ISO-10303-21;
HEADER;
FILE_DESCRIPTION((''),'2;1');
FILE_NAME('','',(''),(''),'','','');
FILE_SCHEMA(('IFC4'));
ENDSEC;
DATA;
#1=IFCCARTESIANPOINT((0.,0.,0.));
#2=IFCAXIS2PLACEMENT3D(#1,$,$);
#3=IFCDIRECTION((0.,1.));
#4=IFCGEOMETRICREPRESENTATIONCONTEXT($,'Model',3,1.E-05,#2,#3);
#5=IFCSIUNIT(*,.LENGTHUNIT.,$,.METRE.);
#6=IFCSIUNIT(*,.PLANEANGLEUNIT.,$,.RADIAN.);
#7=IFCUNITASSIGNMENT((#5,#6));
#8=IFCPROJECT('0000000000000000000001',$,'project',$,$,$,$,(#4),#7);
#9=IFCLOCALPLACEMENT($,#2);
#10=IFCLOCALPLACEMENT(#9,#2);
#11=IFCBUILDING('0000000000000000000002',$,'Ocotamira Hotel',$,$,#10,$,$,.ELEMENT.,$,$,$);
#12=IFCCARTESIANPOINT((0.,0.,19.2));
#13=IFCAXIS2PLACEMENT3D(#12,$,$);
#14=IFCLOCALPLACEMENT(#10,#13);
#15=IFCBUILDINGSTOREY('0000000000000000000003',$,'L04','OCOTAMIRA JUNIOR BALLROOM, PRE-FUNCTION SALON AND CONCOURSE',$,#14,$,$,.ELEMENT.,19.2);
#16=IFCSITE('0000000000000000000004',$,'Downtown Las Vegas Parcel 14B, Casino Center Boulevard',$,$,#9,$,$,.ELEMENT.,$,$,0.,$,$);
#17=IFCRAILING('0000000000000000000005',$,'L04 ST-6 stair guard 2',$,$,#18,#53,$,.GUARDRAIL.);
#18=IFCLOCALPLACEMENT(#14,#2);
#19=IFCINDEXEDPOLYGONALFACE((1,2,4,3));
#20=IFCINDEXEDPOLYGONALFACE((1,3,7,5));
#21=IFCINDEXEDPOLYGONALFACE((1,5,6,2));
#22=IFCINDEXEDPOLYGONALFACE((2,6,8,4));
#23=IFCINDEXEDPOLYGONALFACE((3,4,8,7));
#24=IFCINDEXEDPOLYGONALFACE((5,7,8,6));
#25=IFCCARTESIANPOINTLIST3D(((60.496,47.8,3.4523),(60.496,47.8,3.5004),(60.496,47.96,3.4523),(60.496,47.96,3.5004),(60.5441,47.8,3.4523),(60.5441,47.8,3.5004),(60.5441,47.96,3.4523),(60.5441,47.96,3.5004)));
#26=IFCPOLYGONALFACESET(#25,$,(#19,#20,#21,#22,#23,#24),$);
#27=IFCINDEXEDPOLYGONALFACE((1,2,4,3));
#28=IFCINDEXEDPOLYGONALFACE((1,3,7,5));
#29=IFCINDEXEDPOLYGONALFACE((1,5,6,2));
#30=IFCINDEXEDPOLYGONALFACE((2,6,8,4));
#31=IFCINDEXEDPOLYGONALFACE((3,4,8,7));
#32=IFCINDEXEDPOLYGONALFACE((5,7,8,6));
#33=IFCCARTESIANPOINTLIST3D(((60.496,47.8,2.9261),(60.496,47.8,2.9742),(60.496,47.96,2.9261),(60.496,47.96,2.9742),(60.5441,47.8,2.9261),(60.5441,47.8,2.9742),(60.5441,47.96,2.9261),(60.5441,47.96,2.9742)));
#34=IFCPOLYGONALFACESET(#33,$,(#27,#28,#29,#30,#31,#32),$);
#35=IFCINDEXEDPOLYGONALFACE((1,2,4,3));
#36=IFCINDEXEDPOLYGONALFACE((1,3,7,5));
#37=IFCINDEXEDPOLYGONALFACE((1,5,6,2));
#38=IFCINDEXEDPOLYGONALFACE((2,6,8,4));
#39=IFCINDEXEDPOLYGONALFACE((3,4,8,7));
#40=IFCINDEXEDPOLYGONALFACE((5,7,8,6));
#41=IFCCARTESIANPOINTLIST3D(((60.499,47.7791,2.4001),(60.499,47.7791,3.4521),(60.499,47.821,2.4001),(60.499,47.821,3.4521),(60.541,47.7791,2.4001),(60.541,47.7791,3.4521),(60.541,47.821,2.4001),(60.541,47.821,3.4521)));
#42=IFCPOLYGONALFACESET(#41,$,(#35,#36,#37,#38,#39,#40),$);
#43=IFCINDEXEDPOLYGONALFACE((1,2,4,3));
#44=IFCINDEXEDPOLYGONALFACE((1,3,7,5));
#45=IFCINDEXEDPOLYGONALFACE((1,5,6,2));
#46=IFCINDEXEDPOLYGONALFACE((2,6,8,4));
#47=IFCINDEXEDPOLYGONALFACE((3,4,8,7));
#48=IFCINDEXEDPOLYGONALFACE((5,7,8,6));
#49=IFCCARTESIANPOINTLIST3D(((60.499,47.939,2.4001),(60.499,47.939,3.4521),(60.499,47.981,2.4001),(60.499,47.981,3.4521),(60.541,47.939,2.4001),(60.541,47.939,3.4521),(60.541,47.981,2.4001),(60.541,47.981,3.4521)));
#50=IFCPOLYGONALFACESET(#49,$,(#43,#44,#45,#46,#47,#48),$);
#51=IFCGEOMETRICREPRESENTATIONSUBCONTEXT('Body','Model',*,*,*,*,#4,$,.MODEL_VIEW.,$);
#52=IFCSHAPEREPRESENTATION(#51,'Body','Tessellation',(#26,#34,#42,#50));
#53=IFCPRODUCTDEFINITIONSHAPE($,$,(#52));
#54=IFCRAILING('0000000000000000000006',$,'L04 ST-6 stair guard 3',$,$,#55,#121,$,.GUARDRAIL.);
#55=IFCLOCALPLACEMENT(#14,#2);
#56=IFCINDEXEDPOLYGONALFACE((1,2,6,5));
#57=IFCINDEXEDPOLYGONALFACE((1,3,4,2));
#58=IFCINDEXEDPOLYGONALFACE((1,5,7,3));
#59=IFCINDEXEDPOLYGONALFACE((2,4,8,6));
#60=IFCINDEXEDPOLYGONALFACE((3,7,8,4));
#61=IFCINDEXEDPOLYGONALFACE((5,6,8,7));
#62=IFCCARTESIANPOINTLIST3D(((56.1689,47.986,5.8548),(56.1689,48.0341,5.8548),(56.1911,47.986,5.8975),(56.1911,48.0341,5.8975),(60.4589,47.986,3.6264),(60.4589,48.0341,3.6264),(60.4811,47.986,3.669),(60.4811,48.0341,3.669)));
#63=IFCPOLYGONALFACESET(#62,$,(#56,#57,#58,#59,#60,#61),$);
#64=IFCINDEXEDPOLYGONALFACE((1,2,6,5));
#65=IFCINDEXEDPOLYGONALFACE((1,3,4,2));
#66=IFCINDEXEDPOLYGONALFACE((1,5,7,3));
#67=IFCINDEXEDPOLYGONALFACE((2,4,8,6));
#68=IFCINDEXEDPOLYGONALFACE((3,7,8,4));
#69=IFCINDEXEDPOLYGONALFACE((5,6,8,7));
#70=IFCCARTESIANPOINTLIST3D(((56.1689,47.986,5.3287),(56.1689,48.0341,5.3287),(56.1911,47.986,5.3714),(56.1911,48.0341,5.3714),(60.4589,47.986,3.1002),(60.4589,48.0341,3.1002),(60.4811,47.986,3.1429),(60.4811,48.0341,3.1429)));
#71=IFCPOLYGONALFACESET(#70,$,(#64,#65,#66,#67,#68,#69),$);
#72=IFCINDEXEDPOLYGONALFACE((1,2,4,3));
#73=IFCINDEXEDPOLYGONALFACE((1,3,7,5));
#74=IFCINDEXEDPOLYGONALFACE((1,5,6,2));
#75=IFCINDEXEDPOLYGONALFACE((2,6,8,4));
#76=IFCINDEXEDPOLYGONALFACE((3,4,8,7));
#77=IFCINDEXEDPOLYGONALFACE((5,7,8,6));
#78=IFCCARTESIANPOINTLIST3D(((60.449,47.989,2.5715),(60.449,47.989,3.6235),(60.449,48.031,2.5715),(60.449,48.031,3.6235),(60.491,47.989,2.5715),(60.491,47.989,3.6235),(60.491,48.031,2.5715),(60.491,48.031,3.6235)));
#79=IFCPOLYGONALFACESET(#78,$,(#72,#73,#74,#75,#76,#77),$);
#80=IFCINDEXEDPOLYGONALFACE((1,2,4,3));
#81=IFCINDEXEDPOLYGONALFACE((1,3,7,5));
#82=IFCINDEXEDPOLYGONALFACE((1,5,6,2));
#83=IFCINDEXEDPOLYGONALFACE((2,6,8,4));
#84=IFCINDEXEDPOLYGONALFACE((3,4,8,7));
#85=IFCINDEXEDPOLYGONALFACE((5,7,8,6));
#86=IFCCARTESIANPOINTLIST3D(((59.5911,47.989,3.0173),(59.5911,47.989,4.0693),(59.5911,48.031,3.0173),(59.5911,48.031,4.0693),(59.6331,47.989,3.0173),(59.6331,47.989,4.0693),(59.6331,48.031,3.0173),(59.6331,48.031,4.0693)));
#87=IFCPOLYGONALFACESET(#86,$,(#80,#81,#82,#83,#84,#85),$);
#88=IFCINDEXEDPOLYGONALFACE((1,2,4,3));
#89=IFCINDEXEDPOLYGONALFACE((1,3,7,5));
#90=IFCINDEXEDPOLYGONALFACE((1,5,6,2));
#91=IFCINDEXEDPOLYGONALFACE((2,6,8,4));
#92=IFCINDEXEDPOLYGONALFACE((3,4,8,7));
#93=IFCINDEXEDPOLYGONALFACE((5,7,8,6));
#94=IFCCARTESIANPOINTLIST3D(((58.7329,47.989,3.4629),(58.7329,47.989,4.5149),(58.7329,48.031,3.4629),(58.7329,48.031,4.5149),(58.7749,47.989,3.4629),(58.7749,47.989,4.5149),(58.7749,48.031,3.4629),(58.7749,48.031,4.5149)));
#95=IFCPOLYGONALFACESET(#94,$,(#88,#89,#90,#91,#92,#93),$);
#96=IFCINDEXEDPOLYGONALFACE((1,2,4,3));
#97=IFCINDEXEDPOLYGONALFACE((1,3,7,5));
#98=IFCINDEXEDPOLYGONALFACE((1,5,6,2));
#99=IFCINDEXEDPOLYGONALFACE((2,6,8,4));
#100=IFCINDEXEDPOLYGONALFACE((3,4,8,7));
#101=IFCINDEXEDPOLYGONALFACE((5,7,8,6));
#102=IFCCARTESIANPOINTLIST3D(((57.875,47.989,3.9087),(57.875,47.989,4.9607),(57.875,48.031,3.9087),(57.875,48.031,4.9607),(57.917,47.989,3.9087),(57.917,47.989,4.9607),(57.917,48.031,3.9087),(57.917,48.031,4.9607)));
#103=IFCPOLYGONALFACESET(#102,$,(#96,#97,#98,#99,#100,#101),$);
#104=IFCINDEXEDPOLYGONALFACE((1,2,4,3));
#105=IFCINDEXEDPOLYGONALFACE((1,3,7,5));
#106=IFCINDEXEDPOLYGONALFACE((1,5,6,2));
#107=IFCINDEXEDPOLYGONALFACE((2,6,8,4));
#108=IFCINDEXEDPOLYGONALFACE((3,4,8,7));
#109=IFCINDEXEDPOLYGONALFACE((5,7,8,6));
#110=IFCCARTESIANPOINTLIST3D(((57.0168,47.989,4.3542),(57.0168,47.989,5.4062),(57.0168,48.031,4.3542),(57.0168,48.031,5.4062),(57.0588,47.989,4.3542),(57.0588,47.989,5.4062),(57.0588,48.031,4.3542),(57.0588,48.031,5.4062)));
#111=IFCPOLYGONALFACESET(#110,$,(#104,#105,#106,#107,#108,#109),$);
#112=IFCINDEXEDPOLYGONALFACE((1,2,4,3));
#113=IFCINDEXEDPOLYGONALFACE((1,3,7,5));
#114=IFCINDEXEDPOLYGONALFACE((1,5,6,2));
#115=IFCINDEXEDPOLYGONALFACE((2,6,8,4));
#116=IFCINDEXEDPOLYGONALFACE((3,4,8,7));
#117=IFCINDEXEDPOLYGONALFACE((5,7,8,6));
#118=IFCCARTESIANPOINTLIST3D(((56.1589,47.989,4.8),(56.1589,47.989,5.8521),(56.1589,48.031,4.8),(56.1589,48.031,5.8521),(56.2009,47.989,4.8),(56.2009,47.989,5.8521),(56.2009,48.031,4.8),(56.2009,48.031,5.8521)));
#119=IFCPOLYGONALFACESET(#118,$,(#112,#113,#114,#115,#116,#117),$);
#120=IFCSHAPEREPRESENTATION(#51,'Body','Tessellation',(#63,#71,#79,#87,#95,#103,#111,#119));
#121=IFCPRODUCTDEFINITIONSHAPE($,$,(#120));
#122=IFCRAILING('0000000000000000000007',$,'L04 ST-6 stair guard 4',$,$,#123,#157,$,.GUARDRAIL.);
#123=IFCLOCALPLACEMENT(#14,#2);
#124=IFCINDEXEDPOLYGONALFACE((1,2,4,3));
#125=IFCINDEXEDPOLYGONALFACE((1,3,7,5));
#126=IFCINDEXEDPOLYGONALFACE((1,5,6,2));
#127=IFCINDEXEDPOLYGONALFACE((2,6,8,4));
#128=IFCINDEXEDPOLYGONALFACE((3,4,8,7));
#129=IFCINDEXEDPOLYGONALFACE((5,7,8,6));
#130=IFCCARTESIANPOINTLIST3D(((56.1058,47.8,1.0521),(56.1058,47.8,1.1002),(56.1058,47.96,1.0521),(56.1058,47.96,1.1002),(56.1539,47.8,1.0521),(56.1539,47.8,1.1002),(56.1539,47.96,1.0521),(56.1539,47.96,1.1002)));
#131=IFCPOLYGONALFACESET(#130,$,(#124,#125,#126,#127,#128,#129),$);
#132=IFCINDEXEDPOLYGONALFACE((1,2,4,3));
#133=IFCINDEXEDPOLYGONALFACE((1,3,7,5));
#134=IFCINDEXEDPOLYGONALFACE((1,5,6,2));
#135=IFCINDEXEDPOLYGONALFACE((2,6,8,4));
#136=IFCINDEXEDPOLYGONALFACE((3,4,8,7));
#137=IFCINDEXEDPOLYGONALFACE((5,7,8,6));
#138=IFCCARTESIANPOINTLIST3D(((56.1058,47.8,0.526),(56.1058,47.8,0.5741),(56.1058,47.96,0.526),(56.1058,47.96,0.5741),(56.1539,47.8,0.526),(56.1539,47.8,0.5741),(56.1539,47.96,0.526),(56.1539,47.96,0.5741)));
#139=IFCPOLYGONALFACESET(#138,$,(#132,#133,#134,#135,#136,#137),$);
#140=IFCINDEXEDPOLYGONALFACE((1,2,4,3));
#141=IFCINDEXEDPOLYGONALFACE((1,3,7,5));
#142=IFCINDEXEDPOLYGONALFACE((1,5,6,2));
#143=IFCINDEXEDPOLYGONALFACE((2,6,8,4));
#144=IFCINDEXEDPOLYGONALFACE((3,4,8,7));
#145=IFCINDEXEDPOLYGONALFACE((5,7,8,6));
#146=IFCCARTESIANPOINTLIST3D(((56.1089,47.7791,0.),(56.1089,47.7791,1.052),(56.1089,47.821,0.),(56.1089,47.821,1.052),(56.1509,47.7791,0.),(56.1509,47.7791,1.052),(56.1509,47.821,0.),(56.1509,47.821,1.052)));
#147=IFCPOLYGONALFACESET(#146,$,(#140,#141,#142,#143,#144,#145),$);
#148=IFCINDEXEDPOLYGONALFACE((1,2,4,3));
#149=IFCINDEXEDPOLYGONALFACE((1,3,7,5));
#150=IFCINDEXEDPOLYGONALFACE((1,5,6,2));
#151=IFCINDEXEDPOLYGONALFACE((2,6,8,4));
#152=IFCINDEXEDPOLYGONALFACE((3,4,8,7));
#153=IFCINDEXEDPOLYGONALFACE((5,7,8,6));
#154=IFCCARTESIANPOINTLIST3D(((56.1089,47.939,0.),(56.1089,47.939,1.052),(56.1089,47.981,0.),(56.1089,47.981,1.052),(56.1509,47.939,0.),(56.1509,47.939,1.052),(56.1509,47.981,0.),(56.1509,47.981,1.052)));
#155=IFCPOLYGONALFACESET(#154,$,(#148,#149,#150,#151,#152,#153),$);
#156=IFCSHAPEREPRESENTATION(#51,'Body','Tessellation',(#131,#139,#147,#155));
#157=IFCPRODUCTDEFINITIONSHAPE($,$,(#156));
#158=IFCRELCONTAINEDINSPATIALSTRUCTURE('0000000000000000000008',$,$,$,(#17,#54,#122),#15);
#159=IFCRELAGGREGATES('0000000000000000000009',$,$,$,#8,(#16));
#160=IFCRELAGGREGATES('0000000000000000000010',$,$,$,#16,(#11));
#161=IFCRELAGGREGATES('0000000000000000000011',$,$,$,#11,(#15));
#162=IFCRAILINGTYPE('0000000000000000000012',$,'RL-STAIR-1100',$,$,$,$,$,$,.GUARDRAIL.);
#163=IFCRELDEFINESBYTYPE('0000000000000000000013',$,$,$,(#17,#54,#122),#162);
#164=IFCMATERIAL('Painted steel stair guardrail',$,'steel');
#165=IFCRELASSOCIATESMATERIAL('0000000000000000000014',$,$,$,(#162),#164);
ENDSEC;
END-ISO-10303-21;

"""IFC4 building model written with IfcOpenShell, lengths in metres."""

from ifc_helpers import new_model, si_unit, direction, frame, origin, origin_2d, place, context, subcontext, project, spatial, rectangle, extrude, material, type_object, element, save


model = new_model("IFC4")

# Units and contexts
model_context = context("Model", 3, precision=1e-05, world=origin(), true_north=direction((0.0, 1.0)))
body_context = subcontext(model_context, "Body", "Model", "MODEL_VIEW")
ifc_project = project(units=[si_unit("LENGTHUNIT", "METRE"), si_unit("PLANEANGLEUNIT", "RADIAN")], contexts=[model_context])

# Site, building, storey
site_placement = place(None, origin())
site = spatial("IfcSite", under=ifc_project, at=site_placement, Name="Downtown Las Vegas Parcel 14B, Casino Center Boulevard", CompositionType="ELEMENT", RefElevation=0.0)
building_placement = place(site_placement, origin())
building = spatial("IfcBuilding", under=site, at=building_placement, Name="Ocotamira Hotel", CompositionType="ELEMENT")
storey_placement = place(building_placement, frame((0.0, 0.0, 19.2)))
storey = spatial("IfcBuildingStorey", under=building, at=storey_placement, Name="L04", Description="OCOTAMIRA JUNIOR BALLROOM, PRE-FUNCTION SALON AND CONCOURSE", CompositionType="ELEMENT", Elevation=19.2)

# Railings
ifc_material_1 = material(Name="Painted steel stair guardrail", Category="steel")
railing_type_1 = type_object("IfcRailingType", Name="RL-STAIR-1100", PredefinedType="GUARDRAIL", material=ifc_material_1)
railing_1_placement = place(storey_placement, frame((60.52, 47.8, 2.4001)))
element("IfcRailing", 1, at=railing_1_placement, inside=storey, type_object=railing_type_1, Name="L04 ST-6 stair guard 2", PredefinedType="GUARDRAIL", context=body_context, shape_type="SweptSolid", body=[
    extrude(rectangle(XDim=0.0481, YDim=0.0481, at=origin_2d()), frame((0.0, 0.0, 1.0762), z_axis=(0.0, 1.0, 0.0), x_axis=(-1.0, 0.0, 0.0)), (0.0, 0.0, 1.0), 0.1599),
    extrude(rectangle(XDim=0.0481, YDim=0.0481, at=origin_2d()), frame((0.0, 0.0, 0.55), z_axis=(0.0, 1.0, 0.0), x_axis=(-1.0, 0.0, 0.0)), (0.0, 0.0, 1.0), 0.1599),
    extrude(rectangle(XDim=0.042, YDim=0.042, at=origin_2d()), origin(), (0.0, 0.0, 1.0), 1.052),
    extrude(rectangle(XDim=0.042, YDim=0.042, at=origin_2d()), frame((0.0, 0.1599, 0.0)), (0.0, 0.0, 1.0), 1.052),
])
railing_2_placement = place(storey_placement, frame((60.47, 48.01, 2.5715)))
element("IfcRailing", 2, at=railing_2_placement, inside=storey, type_object=railing_type_1, Name="L04 ST-6 stair guard 3", PredefinedType="GUARDRAIL", context=body_context, shape_type="SweptSolid", body=[
    extrude(rectangle(XDim=0.0481, YDim=0.0481, at=origin_2d()), frame((0.0, 0.0, 1.0762), z_axis=(-0.887412, 0.0, 0.460977), x_axis=(0.0, -1.0, 0.0)), (0.0, 0.0, 1.0), 4.8342),
    extrude(rectangle(XDim=0.0481, YDim=0.0481, at=origin_2d()), frame((0.0, 0.0, 0.55), z_axis=(-0.887412, 0.0, 0.460977), x_axis=(0.0, -1.0, 0.0)), (0.0, 0.0, 1.0), 4.8342),
    extrude(rectangle(XDim=0.042, YDim=0.042, at=origin_2d()), origin(), (0.0, 0.0, 1.0), 1.052),
    extrude(rectangle(XDim=0.042, YDim=0.042, at=origin_2d()), frame((-0.8579, 0.0, 0.4458)), (0.0, 0.0, 1.0), 1.052),
    extrude(rectangle(XDim=0.042, YDim=0.042, at=origin_2d()), frame((-1.7161, 0.0, 0.8914)), (0.0, 0.0, 1.0), 1.052),
    extrude(rectangle(XDim=0.042, YDim=0.042, at=origin_2d()), frame((-2.574, 0.0, 1.3372)), (0.0, 0.0, 1.0), 1.052),
    extrude(rectangle(XDim=0.042, YDim=0.042, at=origin_2d()), frame((-3.4321, 0.0, 1.7827)), (0.0, 0.0, 1.0), 1.052),
    extrude(rectangle(XDim=0.042, YDim=0.042, at=origin_2d()), frame((-4.29, 0.0, 2.2285)), (0.0, 0.0, 1.0), 1.052),
])
railing_3_placement = place(storey_placement, frame((56.1299, 47.8, 0.0)))
element("IfcRailing", 3, at=railing_3_placement, inside=storey, type_object=railing_type_1, Name="L04 ST-6 stair guard 4", PredefinedType="GUARDRAIL", context=body_context, shape_type="SweptSolid", body=[
    extrude(rectangle(XDim=0.0481, YDim=0.0481, at=origin_2d()), frame((0.0, 0.0, 1.0762), z_axis=(0.0, 1.0, 0.0), x_axis=(-1.0, 0.0, 0.0)), (0.0, 0.0, 1.0), 0.1599),
    extrude(rectangle(XDim=0.0481, YDim=0.0481, at=origin_2d()), frame((0.0, 0.0, 0.55), z_axis=(0.0, 1.0, 0.0), x_axis=(-1.0, 0.0, 0.0)), (0.0, 0.0, 1.0), 0.1599),
    extrude(rectangle(XDim=0.042, YDim=0.042, at=origin_2d()), origin(), (0.0, 0.0, 1.0), 1.052),
    extrude(rectangle(XDim=0.042, YDim=0.042, at=origin_2d()), frame((0.0, 0.1599, 0.0)), (0.0, 0.0, 1.0), 1.052),
])

save(model, "model.ifc")
